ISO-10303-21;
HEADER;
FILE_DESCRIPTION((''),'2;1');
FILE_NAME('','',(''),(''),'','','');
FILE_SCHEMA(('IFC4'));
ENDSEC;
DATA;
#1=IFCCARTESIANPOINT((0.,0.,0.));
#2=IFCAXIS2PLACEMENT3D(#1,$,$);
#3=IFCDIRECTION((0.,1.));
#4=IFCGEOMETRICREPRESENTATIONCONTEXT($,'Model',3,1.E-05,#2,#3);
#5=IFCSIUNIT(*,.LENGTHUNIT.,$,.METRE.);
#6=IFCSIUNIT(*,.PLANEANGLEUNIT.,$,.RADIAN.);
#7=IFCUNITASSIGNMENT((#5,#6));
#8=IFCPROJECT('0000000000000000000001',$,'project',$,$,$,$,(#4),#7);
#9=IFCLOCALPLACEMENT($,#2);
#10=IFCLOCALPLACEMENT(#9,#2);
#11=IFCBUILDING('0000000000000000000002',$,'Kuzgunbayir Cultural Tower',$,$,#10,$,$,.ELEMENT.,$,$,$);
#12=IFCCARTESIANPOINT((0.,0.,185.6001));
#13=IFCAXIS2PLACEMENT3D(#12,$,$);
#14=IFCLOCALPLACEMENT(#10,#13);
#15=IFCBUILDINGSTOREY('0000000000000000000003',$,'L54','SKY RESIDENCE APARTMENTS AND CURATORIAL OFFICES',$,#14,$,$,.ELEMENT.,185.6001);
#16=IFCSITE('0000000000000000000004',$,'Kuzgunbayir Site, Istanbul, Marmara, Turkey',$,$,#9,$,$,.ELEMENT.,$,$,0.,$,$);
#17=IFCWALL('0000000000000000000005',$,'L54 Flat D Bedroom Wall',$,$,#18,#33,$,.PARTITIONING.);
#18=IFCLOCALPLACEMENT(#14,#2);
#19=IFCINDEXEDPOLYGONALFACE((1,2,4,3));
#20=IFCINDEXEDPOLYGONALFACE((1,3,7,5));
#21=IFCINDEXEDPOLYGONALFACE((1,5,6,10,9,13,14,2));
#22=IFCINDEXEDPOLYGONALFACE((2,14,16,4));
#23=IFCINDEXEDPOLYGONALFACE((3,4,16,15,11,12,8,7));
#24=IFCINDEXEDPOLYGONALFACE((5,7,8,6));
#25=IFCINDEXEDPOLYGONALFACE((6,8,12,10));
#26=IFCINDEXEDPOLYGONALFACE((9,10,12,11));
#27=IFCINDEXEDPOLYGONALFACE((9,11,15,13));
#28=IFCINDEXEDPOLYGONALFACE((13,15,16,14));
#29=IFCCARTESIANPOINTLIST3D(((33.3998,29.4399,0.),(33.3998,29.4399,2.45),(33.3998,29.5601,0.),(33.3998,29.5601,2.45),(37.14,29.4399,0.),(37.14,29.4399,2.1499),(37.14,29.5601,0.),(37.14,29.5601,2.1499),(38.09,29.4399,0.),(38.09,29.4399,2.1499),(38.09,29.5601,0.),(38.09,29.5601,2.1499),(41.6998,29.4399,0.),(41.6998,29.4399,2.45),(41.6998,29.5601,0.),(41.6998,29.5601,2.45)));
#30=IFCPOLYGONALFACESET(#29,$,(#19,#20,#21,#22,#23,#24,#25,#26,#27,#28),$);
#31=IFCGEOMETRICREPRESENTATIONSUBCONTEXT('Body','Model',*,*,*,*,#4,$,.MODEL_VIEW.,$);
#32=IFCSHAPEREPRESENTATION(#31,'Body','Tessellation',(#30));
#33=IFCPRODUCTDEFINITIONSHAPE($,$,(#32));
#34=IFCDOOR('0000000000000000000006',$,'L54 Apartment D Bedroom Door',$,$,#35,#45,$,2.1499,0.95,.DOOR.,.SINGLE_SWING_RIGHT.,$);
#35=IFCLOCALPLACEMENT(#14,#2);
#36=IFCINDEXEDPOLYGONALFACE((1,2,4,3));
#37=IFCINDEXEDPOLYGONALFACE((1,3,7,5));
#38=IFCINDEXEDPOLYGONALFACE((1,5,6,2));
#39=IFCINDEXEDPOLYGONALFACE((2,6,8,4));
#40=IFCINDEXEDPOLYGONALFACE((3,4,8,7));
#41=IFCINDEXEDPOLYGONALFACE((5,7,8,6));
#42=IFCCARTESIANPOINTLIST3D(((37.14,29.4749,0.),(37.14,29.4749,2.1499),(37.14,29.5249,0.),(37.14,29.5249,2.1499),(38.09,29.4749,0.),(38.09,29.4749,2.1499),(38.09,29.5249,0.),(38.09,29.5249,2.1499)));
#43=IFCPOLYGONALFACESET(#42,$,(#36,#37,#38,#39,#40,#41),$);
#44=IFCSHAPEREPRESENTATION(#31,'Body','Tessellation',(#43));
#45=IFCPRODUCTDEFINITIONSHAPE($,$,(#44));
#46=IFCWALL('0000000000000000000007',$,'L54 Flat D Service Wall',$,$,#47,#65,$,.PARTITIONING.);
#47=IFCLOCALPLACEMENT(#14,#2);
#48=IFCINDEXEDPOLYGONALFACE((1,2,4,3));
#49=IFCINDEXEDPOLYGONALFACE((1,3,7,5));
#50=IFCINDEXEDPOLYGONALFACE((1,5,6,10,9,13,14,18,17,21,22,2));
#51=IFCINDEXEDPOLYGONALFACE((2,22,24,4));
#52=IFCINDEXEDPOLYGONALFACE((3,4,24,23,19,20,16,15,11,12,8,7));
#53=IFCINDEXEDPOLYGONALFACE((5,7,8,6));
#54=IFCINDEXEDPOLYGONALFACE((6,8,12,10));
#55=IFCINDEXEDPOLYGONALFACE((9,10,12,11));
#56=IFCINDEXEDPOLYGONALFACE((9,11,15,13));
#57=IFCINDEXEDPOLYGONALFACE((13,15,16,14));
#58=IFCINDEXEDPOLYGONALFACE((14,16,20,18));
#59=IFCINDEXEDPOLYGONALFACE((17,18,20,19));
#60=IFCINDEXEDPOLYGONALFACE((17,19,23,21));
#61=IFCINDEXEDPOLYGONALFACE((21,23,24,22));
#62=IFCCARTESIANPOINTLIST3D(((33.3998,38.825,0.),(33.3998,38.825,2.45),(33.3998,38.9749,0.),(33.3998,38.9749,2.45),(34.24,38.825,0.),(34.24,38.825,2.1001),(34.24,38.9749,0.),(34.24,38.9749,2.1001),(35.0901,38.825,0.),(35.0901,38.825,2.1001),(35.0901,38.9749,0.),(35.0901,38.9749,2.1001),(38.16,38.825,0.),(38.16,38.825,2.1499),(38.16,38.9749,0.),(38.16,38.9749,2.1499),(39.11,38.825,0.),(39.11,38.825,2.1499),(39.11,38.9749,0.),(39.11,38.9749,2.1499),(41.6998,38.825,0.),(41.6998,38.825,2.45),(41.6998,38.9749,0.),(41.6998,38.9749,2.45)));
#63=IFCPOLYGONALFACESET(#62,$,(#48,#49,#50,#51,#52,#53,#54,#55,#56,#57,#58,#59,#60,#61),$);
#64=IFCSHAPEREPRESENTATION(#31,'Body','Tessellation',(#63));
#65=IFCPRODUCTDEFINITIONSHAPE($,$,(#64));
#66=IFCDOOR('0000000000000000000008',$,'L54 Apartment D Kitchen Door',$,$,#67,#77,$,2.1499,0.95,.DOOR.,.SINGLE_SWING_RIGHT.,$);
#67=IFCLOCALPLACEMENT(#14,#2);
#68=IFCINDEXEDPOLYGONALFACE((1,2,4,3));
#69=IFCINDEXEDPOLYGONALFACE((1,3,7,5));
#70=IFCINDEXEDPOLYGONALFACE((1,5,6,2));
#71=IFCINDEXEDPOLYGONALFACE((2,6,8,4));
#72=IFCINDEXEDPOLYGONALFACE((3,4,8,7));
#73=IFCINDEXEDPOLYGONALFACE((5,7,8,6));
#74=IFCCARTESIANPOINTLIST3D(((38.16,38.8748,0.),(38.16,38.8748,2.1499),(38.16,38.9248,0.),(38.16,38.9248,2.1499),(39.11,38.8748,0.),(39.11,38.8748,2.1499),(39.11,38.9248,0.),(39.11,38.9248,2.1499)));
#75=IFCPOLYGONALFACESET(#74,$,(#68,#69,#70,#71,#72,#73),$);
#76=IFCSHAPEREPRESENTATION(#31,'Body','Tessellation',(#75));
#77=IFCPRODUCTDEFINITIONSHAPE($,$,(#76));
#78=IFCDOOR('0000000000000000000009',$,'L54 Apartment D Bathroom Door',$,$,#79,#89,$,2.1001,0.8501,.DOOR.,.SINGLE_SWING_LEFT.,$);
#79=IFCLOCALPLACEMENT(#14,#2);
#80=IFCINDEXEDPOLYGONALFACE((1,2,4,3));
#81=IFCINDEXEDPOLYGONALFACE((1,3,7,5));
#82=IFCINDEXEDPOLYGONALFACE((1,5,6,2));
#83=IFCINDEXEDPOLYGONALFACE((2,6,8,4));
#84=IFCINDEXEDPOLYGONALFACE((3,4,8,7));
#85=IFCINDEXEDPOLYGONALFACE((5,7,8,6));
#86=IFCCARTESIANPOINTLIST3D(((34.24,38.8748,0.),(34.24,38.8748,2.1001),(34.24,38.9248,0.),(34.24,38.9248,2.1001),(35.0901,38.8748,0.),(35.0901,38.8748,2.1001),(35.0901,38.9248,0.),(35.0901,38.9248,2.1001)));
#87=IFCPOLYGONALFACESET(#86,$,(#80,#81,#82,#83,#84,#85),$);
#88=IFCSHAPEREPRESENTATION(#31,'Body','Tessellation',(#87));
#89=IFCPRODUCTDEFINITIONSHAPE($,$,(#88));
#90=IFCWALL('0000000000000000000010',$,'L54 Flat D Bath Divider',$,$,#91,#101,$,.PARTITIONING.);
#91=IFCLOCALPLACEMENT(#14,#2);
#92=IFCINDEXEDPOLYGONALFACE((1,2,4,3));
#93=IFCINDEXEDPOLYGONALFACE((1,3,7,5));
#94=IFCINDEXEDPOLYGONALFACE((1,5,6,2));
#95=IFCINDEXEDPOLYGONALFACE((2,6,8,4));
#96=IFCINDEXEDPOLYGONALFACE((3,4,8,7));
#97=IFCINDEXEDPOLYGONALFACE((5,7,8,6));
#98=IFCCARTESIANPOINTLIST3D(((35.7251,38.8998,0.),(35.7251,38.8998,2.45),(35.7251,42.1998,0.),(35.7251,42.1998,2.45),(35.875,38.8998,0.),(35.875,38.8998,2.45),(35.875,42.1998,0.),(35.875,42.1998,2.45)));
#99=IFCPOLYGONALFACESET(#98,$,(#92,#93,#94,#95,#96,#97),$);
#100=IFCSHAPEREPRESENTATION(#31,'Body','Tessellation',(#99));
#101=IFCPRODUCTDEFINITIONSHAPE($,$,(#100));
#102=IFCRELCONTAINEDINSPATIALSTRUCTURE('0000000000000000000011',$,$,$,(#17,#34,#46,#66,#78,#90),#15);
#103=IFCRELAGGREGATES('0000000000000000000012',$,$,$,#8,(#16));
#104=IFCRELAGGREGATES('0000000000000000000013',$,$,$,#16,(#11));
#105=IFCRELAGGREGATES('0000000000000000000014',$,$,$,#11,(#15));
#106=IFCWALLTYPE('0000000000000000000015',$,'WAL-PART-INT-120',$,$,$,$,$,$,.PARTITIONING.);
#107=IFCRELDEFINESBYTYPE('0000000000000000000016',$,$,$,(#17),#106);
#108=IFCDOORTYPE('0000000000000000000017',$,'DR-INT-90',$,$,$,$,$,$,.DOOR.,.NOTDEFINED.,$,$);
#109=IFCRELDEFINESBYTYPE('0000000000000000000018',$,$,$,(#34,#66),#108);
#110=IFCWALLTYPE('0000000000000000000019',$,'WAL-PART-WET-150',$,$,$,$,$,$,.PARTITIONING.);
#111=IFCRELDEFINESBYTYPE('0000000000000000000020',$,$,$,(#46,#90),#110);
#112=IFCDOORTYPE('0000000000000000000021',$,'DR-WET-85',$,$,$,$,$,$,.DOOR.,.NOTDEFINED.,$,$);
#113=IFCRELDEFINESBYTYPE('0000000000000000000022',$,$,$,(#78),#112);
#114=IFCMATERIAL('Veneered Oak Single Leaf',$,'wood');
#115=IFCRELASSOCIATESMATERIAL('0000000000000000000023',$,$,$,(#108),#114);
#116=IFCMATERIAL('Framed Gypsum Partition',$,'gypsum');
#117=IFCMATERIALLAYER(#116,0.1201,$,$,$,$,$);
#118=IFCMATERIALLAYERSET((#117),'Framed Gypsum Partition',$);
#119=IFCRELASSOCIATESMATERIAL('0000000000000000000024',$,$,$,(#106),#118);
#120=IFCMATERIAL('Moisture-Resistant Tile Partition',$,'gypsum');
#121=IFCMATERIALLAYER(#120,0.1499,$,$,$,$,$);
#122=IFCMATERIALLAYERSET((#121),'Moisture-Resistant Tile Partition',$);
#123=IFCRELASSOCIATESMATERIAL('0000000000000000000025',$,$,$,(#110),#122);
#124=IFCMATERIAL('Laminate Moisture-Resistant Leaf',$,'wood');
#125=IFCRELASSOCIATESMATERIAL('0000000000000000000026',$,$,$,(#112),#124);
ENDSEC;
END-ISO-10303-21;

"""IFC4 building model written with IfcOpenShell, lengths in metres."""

from ifc_helpers import new_model, si_unit, direction, frame, frame_2d, origin, place, context, subcontext, project, spatial, rectangle, extrude, material, layer, layer_set, type_object, element, fill, save


model = new_model("IFC4")

# Units and contexts
model_context = context("Model", 3, precision=1e-05, world=origin(), true_north=direction((0.0, 1.0)))
body_context = subcontext(model_context, "Body", "Model", "MODEL_VIEW")
ifc_project = project(units=[si_unit("LENGTHUNIT", "METRE"), si_unit("PLANEANGLEUNIT", "RADIAN")], contexts=[model_context])

# Site, building, storey
site_placement = place(None, origin())
site = spatial("IfcSite", under=ifc_project, at=site_placement, Name="Kuzgunbayir Site, Istanbul, Marmara, Turkey", CompositionType="ELEMENT", RefElevation=0.0)
building_placement = place(site_placement, origin())
building = spatial("IfcBuilding", under=site, at=building_placement, Name="Kuzgunbayir Cultural Tower", CompositionType="ELEMENT")
storey_placement = place(building_placement, frame((0.0, 0.0, 185.6001)))
storey = spatial("IfcBuildingStorey", under=building, at=storey_placement, Name="L54", Description="SKY RESIDENCE APARTMENTS AND CURATORIAL OFFICES", CompositionType="ELEMENT", Elevation=185.6001)

# Shared definitions
ifc_material_1 = material(Name="Veneered Oak Single Leaf", Category="wood")
door_type_1 = type_object("IfcDoorType", Name="DR-INT-90", OperationType="NOTDEFINED", PredefinedType="DOOR", material=ifc_material_1)

# Wall, opening, door
ifc_material_2 = material(Name="Framed Gypsum Partition", Category="gypsum")
ifc_layer_1 = layer(ifc_material_2, 0.1201)
ifc_layer_set_1 = layer_set([ifc_layer_1], Name="Framed Gypsum Partition")
wall_type_1 = type_object("IfcWallType", Name="WAL-PART-INT-120", PredefinedType="PARTITIONING", material=ifc_layer_set_1)
wall_1_placement = place(storey_placement, frame((33.3999, 29.5, 0.0), z_axis=(0.0, 0.0, 1.0), x_axis=(1.0, 0.0, 0.0)))
wall_1 = element("IfcWall", 1, at=wall_1_placement, inside=storey, type_object=wall_type_1, Name="L54 Flat D Bedroom Wall", PredefinedType="PARTITIONING", context=body_context, shape_type="SweptSolid", body=[
    extrude(rectangle(XDim=8.3, YDim=0.1201, at=frame_2d((4.1499, 0.0))), origin(), (0.0, 0.0, 1.0), 2.45),
])
opening_1_placement = place(wall_1_placement, frame((3.74, 0.0, 0.0)))
opening_1 = element("IfcOpeningElement", 2, at=opening_1_placement, cuts=wall_1, PredefinedType="OPENING", context=body_context, shape_type="SweptSolid", body=[
    extrude(rectangle(XDim=0.95, YDim=2.1499, at=frame_2d((0.4751, 1.075))), frame((0.0, 0.0701, 0.0), z_axis=(0.0, -1.0, 0.0), x_axis=(1.0, 0.0, 0.0)), (0.0, 0.0, 1.0), 0.1401),
])
door_1_placement = place(opening_1_placement, origin())
door_1 = element("IfcDoor", 3, at=door_1_placement, inside=storey, type_object=door_type_1, Name="L54 Apartment D Bedroom Door", OperationType="SINGLE_SWING_RIGHT", OverallHeight=2.1499, OverallWidth=0.95, PredefinedType="DOOR", context=body_context, shape_type="SweptSolid", body=[
    extrude(rectangle(XDim=0.95, YDim=2.1499, at=frame_2d((0.4751, 1.075))), frame((0.0, 0.0249, 0.0), z_axis=(0.0, -1.0, 0.0), x_axis=(1.0, 0.0, 0.0)), (0.0, 0.0, 1.0), 0.05),
])
fill(opening_1, door_1)

# Wall, openings, doors
ifc_material_3 = material(Name="Moisture-Resistant Tile Partition", Category="gypsum")
ifc_layer_2 = layer(ifc_material_3, 0.1499)
ifc_layer_set_2 = layer_set([ifc_layer_2], Name="Moisture-Resistant Tile Partition")
wall_type_2 = type_object("IfcWallType", Name="WAL-PART-WET-150", PredefinedType="PARTITIONING", material=ifc_layer_set_2)
wall_2_placement = place(storey_placement, frame((33.3999, 38.8999, 0.0), z_axis=(0.0, 0.0, 1.0), x_axis=(1.0, 0.0, 0.0)))
wall_2 = element("IfcWall", 4, at=wall_2_placement, inside=storey, type_object=wall_type_2, Name="L54 Flat D Service Wall", PredefinedType="PARTITIONING", context=body_context, shape_type="SweptSolid", body=[
    extrude(rectangle(XDim=8.3, YDim=0.1499, at=frame_2d((4.1499, 0.0))), origin(), (0.0, 0.0, 1.0), 2.45),
])
opening_2_placement = place(wall_2_placement, frame((0.8401, 0.0, 0.0)))
opening_2 = element("IfcOpeningElement", 5, at=opening_2_placement, cuts=wall_2, PredefinedType="OPENING", context=body_context, shape_type="SweptSolid", body=[
    extrude(rectangle(XDim=0.8501, YDim=2.1001, at=frame_2d((0.425, 1.05))), frame((0.0, 0.085, 0.0), z_axis=(0.0, -1.0, 0.0), x_axis=(1.0, 0.0, 0.0)), (0.0, 0.0, 1.0), 0.1699),
])
opening_3_placement = place(wall_2_placement, frame((4.76, 0.0, 0.0)))
opening_3 = element("IfcOpeningElement", 6, at=opening_3_placement, cuts=wall_2, PredefinedType="OPENING", context=body_context, shape_type="SweptSolid", body=[
    extrude(rectangle(XDim=0.95, YDim=2.1499, at=frame_2d((0.4751, 1.075))), frame((0.0, 0.085, 0.0), z_axis=(0.0, -1.0, 0.0), x_axis=(1.0, 0.0, 0.0)), (0.0, 0.0, 1.0), 0.1699),
])
door_2_placement = place(opening_3_placement, origin())
door_2 = element("IfcDoor", 7, at=door_2_placement, inside=storey, type_object=door_type_1, Name="L54 Apartment D Kitchen Door", OperationType="SINGLE_SWING_RIGHT", OverallHeight=2.1499, OverallWidth=0.95, PredefinedType="DOOR", context=body_context, shape_type="SweptSolid", body=[
    extrude(rectangle(XDim=0.95, YDim=2.1499, at=frame_2d((0.4751, 1.075))), frame((0.0, 0.0249, 0.0), z_axis=(0.0, -1.0, 0.0), x_axis=(1.0, 0.0, 0.0)), (0.0, 0.0, 1.0), 0.05),
])
fill(opening_3, door_2)
ifc_material_4 = material(Name="Laminate Moisture-Resistant Leaf", Category="wood")
door_type_2 = type_object("IfcDoorType", Name="DR-WET-85", OperationType="NOTDEFINED", PredefinedType="DOOR", material=ifc_material_4)
door_3_placement = place(opening_2_placement, origin())
door_3 = element("IfcDoor", 8, at=door_3_placement, inside=storey, type_object=door_type_2, Name="L54 Apartment D Bathroom Door", OperationType="SINGLE_SWING_LEFT", OverallHeight=2.1001, OverallWidth=0.8501, PredefinedType="DOOR", context=body_context, shape_type="SweptSolid", body=[
    extrude(rectangle(XDim=0.8501, YDim=2.1001, at=frame_2d((0.425, 1.05))), frame((0.0, 0.0249, 0.0), z_axis=(0.0, -1.0, 0.0), x_axis=(1.0, 0.0, 0.0)), (0.0, 0.0, 1.0), 0.05),
])
fill(opening_2, door_3)

# Wall
wall_3_placement = place(storey_placement, frame((35.8, 38.8999, 0.0), z_axis=(0.0, 0.0, 1.0), x_axis=(0.0, 1.0, 0.0)))
element("IfcWall", 9, at=wall_3_placement, inside=storey, type_object=wall_type_2, Name="L54 Flat D Bath Divider", PredefinedType="PARTITIONING", context=body_context, shape_type="SweptSolid", body=[
    extrude(rectangle(XDim=3.3, YDim=0.1499, at=frame_2d((1.6499, 0.0))), origin(), (0.0, 0.0, 1.0), 2.45),
])

save(model, "model.ifc")
